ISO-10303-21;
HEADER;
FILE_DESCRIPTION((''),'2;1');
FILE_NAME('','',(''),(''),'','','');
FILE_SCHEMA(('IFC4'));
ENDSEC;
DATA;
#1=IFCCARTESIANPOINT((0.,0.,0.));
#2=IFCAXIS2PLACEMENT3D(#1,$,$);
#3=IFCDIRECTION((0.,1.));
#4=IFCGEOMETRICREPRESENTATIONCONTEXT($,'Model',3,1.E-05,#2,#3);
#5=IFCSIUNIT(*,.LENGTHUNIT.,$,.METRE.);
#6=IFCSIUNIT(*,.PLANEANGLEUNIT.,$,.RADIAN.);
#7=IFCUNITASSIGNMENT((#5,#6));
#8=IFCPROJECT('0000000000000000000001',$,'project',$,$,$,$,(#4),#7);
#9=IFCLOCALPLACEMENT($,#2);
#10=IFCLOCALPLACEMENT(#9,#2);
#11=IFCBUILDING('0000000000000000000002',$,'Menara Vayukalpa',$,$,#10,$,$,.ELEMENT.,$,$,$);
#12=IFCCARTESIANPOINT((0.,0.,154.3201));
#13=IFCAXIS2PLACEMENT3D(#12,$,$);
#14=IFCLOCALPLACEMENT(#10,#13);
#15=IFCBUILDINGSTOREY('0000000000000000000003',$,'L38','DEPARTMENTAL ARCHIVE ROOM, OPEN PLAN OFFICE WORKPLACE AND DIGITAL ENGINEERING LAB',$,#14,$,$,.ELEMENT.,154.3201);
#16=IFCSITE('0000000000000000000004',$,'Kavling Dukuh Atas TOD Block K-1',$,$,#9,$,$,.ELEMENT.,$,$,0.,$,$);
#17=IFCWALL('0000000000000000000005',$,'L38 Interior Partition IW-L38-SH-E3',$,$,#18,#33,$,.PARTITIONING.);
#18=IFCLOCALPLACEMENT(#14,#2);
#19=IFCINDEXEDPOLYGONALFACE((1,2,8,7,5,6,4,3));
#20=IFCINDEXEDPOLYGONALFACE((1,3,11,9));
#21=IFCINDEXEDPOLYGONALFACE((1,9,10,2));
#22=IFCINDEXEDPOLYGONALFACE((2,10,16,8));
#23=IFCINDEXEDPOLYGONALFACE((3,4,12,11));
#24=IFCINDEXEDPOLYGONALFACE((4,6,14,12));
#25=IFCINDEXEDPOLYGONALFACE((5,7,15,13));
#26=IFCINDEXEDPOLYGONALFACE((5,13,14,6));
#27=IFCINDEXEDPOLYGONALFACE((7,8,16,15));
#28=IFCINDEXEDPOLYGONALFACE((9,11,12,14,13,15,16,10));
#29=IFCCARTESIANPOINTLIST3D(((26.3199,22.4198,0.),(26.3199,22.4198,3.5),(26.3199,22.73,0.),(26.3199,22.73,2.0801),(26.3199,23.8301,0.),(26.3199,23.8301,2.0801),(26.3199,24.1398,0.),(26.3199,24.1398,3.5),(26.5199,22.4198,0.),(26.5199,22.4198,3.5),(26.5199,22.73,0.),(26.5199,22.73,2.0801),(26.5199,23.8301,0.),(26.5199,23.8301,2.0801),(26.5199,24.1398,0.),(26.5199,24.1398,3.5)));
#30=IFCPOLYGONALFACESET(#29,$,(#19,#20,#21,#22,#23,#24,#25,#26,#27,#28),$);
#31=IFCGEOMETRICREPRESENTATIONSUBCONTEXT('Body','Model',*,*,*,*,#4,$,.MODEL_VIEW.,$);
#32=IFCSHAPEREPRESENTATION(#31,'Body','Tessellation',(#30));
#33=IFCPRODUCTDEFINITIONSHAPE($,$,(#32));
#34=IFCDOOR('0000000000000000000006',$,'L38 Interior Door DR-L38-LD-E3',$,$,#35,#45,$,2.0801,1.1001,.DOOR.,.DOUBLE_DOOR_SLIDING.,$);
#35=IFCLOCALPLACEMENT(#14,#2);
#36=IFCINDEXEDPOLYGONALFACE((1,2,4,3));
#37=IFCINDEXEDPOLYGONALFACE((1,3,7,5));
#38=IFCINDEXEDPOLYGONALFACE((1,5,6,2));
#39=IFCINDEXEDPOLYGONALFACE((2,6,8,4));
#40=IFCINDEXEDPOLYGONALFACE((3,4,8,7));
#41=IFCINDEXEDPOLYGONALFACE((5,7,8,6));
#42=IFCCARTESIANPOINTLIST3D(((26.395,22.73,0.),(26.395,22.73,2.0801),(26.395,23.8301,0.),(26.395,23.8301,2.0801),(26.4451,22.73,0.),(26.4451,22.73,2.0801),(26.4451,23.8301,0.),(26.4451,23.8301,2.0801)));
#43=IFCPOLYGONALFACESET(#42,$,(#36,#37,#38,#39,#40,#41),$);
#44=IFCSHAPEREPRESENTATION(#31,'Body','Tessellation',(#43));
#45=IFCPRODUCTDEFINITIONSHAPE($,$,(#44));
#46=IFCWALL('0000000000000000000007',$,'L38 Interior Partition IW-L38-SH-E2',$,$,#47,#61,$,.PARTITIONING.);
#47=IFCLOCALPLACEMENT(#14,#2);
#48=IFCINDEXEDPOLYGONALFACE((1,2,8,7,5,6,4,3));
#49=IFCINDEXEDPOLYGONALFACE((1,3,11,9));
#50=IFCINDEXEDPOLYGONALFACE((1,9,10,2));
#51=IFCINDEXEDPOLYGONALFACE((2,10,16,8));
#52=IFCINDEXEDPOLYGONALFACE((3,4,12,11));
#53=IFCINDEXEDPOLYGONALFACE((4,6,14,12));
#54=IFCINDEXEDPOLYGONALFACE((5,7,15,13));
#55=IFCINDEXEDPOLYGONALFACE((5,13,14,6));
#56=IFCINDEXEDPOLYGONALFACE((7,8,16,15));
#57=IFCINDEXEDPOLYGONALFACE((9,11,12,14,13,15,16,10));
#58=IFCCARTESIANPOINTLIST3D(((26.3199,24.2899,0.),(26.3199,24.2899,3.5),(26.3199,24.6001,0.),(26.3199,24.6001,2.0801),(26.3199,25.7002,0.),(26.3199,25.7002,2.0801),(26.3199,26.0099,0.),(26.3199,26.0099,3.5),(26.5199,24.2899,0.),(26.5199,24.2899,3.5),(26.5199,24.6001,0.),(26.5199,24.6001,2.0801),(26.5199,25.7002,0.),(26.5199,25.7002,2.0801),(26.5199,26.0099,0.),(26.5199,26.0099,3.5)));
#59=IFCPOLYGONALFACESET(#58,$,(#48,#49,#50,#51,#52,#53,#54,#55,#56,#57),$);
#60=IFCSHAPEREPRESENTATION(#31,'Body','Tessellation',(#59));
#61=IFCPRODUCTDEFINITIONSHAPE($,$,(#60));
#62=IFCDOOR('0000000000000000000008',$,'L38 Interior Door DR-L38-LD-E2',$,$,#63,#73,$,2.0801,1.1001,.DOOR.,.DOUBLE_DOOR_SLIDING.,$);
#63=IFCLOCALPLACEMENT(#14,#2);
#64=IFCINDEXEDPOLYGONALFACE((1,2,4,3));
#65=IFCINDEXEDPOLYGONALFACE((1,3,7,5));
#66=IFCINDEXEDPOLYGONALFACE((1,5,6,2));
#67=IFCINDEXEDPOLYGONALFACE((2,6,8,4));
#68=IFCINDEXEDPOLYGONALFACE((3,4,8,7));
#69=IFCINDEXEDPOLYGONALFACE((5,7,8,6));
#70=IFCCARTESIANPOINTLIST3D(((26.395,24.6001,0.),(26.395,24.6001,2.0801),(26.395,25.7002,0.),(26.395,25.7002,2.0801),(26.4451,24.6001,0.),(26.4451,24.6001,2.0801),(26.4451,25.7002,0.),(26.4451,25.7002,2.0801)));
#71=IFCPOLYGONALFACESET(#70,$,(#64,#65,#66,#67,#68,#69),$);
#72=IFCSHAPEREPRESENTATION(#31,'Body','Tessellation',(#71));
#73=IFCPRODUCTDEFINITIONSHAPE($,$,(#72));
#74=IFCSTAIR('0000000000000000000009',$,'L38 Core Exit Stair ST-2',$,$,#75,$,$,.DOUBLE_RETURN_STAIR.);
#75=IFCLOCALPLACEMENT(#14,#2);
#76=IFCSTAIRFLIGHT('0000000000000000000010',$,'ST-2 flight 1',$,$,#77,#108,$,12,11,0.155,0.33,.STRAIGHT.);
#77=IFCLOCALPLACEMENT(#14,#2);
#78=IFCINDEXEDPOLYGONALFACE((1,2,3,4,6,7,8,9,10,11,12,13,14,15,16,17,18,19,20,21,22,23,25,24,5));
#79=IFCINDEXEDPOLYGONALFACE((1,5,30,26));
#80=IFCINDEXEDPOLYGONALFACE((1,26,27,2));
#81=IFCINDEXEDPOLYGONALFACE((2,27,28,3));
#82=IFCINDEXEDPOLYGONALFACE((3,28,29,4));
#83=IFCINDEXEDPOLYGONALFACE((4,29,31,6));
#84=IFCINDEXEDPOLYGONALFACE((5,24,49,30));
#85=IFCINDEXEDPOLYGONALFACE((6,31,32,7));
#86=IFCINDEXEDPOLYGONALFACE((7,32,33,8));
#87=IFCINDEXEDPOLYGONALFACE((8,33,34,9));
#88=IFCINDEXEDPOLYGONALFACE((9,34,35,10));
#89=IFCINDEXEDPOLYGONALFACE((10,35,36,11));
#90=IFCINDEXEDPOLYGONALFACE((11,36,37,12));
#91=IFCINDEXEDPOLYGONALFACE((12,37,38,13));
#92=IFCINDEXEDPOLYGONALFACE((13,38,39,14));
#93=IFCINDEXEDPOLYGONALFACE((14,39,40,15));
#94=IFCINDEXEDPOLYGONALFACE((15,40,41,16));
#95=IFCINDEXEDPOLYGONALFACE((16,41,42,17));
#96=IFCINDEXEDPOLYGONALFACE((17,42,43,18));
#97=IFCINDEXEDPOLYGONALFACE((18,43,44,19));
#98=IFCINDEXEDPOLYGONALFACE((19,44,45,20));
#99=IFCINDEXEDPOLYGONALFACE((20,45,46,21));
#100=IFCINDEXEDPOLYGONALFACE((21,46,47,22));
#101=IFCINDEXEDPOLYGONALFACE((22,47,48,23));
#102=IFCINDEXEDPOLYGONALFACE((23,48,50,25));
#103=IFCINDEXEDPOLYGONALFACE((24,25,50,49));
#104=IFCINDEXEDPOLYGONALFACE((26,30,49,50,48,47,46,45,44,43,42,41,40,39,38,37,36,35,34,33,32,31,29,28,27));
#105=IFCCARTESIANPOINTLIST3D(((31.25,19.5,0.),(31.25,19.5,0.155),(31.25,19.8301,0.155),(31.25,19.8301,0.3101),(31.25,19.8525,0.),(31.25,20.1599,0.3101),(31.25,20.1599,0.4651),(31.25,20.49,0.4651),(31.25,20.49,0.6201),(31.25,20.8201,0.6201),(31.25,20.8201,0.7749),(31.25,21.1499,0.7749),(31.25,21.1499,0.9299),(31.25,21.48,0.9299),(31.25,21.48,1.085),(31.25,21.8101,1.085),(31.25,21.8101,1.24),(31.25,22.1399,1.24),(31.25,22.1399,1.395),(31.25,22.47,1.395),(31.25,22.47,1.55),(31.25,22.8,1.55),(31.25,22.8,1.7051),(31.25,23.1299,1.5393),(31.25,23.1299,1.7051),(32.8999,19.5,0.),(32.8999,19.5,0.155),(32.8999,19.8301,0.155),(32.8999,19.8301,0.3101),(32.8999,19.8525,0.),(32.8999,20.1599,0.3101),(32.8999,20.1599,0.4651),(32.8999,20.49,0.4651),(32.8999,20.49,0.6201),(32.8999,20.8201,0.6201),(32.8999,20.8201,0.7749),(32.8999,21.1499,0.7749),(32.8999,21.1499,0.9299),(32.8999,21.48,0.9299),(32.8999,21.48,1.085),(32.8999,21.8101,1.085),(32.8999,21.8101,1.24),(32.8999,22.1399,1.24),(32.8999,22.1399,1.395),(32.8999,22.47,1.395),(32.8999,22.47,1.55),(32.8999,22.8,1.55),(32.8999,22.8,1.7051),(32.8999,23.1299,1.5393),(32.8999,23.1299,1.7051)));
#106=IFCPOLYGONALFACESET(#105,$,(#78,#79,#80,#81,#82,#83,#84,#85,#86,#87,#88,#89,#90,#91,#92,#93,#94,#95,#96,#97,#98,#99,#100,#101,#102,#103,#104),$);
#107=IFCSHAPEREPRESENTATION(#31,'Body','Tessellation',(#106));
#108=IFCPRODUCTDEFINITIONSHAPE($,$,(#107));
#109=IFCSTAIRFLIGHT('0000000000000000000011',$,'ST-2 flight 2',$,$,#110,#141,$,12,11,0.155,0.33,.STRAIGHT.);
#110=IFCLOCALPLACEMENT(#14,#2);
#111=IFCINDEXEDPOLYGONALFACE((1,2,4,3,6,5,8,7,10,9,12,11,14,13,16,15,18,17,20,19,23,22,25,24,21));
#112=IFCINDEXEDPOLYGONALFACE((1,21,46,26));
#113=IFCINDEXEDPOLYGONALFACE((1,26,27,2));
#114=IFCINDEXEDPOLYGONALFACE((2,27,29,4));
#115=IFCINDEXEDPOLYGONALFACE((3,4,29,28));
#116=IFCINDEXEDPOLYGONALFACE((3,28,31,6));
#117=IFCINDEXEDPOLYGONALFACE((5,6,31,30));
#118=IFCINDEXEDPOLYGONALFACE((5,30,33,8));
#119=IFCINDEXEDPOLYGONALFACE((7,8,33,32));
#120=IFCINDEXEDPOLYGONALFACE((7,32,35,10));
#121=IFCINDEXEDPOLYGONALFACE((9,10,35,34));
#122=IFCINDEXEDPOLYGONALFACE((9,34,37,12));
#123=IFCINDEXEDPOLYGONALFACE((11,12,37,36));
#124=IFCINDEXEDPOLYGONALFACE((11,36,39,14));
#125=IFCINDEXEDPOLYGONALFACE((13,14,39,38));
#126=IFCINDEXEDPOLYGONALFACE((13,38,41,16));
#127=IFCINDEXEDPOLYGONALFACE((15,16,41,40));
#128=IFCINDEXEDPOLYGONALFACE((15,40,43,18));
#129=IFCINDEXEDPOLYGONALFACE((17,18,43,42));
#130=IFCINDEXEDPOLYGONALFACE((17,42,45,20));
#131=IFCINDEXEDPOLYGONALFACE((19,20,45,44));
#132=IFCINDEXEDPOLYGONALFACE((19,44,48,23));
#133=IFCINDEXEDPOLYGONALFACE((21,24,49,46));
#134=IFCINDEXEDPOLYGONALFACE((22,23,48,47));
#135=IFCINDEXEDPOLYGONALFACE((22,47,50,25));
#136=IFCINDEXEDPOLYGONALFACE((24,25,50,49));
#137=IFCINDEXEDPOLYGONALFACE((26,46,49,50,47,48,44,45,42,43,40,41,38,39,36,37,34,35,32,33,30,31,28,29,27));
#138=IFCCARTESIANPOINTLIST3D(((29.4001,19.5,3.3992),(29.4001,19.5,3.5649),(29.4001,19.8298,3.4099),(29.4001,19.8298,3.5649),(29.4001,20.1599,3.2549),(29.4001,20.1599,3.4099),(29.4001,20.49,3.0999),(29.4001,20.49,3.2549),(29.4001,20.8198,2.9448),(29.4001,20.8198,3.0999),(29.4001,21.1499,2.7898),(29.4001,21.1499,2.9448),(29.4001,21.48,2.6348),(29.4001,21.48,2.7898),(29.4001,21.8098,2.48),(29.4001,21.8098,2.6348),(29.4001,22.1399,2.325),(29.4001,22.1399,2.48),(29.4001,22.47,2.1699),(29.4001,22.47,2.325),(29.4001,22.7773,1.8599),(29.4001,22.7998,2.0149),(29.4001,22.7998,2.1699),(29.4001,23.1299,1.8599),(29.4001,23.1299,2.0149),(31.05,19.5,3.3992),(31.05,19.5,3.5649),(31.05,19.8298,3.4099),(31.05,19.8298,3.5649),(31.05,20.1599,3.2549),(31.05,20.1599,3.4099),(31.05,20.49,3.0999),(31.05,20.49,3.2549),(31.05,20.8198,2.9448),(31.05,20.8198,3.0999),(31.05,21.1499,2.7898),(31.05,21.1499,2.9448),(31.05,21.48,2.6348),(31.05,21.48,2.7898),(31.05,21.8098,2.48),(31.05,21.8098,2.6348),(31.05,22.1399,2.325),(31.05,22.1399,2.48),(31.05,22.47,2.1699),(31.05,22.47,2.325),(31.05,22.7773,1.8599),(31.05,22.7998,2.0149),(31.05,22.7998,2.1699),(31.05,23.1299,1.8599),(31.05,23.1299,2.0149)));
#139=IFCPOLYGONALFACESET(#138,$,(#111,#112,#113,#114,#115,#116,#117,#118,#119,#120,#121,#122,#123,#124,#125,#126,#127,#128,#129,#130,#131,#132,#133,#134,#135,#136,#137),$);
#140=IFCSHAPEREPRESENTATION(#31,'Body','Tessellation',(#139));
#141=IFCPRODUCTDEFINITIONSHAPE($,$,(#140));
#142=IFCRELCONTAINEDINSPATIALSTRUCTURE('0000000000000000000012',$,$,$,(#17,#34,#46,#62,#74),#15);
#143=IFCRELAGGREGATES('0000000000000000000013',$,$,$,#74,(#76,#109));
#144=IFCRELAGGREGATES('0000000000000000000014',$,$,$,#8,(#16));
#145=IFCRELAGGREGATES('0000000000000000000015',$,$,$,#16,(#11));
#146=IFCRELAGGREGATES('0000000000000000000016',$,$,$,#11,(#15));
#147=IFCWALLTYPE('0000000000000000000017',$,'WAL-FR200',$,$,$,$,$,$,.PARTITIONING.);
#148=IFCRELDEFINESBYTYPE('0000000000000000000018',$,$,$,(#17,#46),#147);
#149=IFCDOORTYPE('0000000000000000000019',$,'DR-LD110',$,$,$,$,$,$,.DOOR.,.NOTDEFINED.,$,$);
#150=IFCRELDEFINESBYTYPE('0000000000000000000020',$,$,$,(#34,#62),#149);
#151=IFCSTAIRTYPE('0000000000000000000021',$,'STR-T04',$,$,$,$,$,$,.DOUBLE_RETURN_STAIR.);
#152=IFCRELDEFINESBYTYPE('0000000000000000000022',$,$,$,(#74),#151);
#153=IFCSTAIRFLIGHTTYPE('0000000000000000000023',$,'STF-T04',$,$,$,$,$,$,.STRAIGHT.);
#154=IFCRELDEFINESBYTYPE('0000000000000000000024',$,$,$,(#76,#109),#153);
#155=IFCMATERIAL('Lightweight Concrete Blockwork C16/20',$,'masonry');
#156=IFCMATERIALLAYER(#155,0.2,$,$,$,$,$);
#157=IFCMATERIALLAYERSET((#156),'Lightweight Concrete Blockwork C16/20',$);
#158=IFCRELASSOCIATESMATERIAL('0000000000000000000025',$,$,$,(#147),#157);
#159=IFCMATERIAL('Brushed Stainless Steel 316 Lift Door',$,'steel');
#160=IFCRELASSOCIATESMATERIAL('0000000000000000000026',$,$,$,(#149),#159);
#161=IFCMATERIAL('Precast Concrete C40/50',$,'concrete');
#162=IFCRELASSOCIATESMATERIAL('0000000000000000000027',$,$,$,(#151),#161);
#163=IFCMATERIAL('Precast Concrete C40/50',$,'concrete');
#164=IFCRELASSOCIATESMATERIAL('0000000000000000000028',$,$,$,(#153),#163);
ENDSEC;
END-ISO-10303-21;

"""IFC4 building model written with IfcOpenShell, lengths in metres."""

from ifc_helpers import new_model, si_unit, direction, frame, frame_2d, origin, place, context, subcontext, project, spatial, polyline, rectangle, outline, extrude, material, layer, layer_set, type_object, element, fill, aggregate, save


model = new_model("IFC4")

# Units and contexts
model_context = context("Model", 3, precision=1e-05, world=origin(), true_north=direction((0.0, 1.0)))
body_context = subcontext(model_context, "Body", "Model", "MODEL_VIEW")
ifc_project = project(units=[si_unit("LENGTHUNIT", "METRE"), si_unit("PLANEANGLEUNIT", "RADIAN")], contexts=[model_context])

# Site, building, storey
site_placement = place(None, origin())
site = spatial("IfcSite", under=ifc_project, at=site_placement, Name="Kavling Dukuh Atas TOD Block K-1", CompositionType="ELEMENT", RefElevation=0.0)
building_placement = place(site_placement, origin())
building = spatial("IfcBuilding", under=site, at=building_placement, Name="Menara Vayukalpa", CompositionType="ELEMENT")
storey_placement = place(building_placement, frame((0.0, 0.0, 154.3201)))
storey = spatial("IfcBuildingStorey", under=building, at=storey_placement, Name="L38", Description="DEPARTMENTAL ARCHIVE ROOM, OPEN PLAN OFFICE WORKPLACE AND DIGITAL ENGINEERING LAB", CompositionType="ELEMENT", Elevation=154.3201)

# Walls, openings, doors
ifc_material_1 = material(Name="Lightweight Concrete Blockwork C16/20", Category="masonry")
ifc_layer_1 = layer(ifc_material_1, 0.2)
ifc_layer_set_1 = layer_set([ifc_layer_1], Name="Lightweight Concrete Blockwork C16/20")
wall_type_1 = type_object("IfcWallType", Name="WAL-FR200", PredefinedType="PARTITIONING", material=ifc_layer_set_1)
ifc_material_2 = material(Name="Brushed Stainless Steel 316 Lift Door", Category="steel")
door_type_1 = type_object("IfcDoorType", Name="DR-LD110", OperationType="NOTDEFINED", PredefinedType="DOOR", material=ifc_material_2)
wall_1_placement = place(storey_placement, frame((26.4199, 22.4199, 0.0), z_axis=(0.0, 0.0, 1.0), x_axis=(0.0, 1.0, 0.0)))
wall_1 = element("IfcWall", 1, at=wall_1_placement, inside=storey, type_object=wall_type_1, Name="L38 Interior Partition IW-L38-SH-E3", PredefinedType="PARTITIONING", context=body_context, shape_type="SweptSolid", body=[
    extrude(rectangle(XDim=1.72, YDim=0.2, at=frame_2d((0.8599, 0.0))), origin(), (0.0, 0.0, 1.0), 3.5),
])
opening_1_placement = place(wall_1_placement, frame((0.3101, 0.0, 0.0)))
opening_1 = element("IfcOpeningElement", 2, at=opening_1_placement, cuts=wall_1, PredefinedType="OPENING", context=body_context, shape_type="SweptSolid", body=[
    extrude(rectangle(XDim=1.1001, YDim=2.0801, at=frame_2d((0.55, 1.04))), frame((0.0, 0.1099, 0.0), z_axis=(0.0, -1.0, 0.0), x_axis=(1.0, 0.0, 0.0)), (0.0, 0.0, 1.0), 0.22),
])
door_1_placement = place(opening_1_placement, origin())
door_1 = element("IfcDoor", 3, at=door_1_placement, inside=storey, type_object=door_type_1, Name="L38 Interior Door DR-L38-LD-E3", OperationType="DOUBLE_DOOR_SLIDING", OverallHeight=2.0801, OverallWidth=1.1001, PredefinedType="DOOR", context=body_context, shape_type="SweptSolid", body=[
    extrude(rectangle(XDim=1.1001, YDim=2.0801, at=frame_2d((0.55, 1.04))), frame((0.0, 0.0249, 0.0), z_axis=(0.0, -1.0, 0.0), x_axis=(1.0, 0.0, 0.0)), (0.0, 0.0, 1.0), 0.05),
])
fill(opening_1, door_1)
wall_2_placement = place(storey_placement, frame((26.4199, 24.29, 0.0), z_axis=(0.0, 0.0, 1.0), x_axis=(0.0, 1.0, 0.0)))
wall_2 = element("IfcWall", 4, at=wall_2_placement, inside=storey, type_object=wall_type_1, Name="L38 Interior Partition IW-L38-SH-E2", PredefinedType="PARTITIONING", context=body_context, shape_type="SweptSolid", body=[
    extrude(rectangle(XDim=1.72, YDim=0.2, at=frame_2d((0.8599, 0.0))), origin(), (0.0, 0.0, 1.0), 3.5),
])
opening_2_placement = place(wall_2_placement, frame((0.3101, 0.0, 0.0)))
opening_2 = element("IfcOpeningElement", 5, at=opening_2_placement, cuts=wall_2, PredefinedType="OPENING", context=body_context, shape_type="SweptSolid", body=[
    extrude(rectangle(XDim=1.1001, YDim=2.0801, at=frame_2d((0.55, 1.04))), frame((0.0, 0.1099, 0.0), z_axis=(0.0, -1.0, 0.0), x_axis=(1.0, 0.0, 0.0)), (0.0, 0.0, 1.0), 0.22),
])
door_2_placement = place(opening_2_placement, origin())
door_2 = element("IfcDoor", 6, at=door_2_placement, inside=storey, type_object=door_type_1, Name="L38 Interior Door DR-L38-LD-E2", OperationType="DOUBLE_DOOR_SLIDING", OverallHeight=2.0801, OverallWidth=1.1001, PredefinedType="DOOR", context=body_context, shape_type="SweptSolid", body=[
    extrude(rectangle(XDim=1.1001, YDim=2.0801, at=frame_2d((0.55, 1.04))), frame((0.0, 0.0249, 0.0), z_axis=(0.0, -1.0, 0.0), x_axis=(1.0, 0.0, 0.0)), (0.0, 0.0, 1.0), 0.05),
])
fill(opening_2, door_2)

# Stair, stair flights
ifc_material_3 = material(Name="Precast Concrete C40/50", Category="concrete")
stair_type = type_object("IfcStairType", Name="STR-T04", PredefinedType="DOUBLE_RETURN_STAIR", material=ifc_material_3)
stair_placement = place(storey_placement, origin())
stair = element("IfcStair", 7, at=stair_placement, inside=storey, type_object=stair_type, Name="L38 Core Exit Stair ST-2", PredefinedType="DOUBLE_RETURN_STAIR")
ifc_material_4 = material(Name="Precast Concrete C40/50", Category="concrete")
stair_flight_type = type_object("IfcStairFlightType", Name="STF-T04", PredefinedType="STRAIGHT", material=ifc_material_4)
stair_flight_1_placement = place(storey_placement, frame((32.075, 19.5, 0.0), z_axis=(0.0, 0.0, 1.0), x_axis=(0.0, 1.0, 0.0)))
stair_flight_1 = element("IfcStairFlight", 8, at=stair_flight_1_placement, type_object=stair_flight_type, Name="ST-2 flight 1", NumberOfRisers=12, NumberOfTreads=11, PredefinedType="STRAIGHT", RiserHeight=0.155, TreadLength=0.33, context=body_context, shape_type="SweptSolid", body=[
    extrude(outline(polyline([(0.0, 0.0), (0.0, 0.155), (0.3301, 0.155), (0.3301, 0.3101), (0.6599, 0.3101), (0.6599, 0.4651), (0.99, 0.4651), (0.99, 0.6201), (1.3201, 0.6201), (1.3201, 0.7749), (1.6499, 0.7749), (1.6499, 0.9299), (1.98, 0.9299), (1.98, 1.085), (2.3101, 1.085), (2.3101, 1.24), (2.6399, 1.24), (2.6399, 1.395), (2.97, 1.395), (2.97, 1.55), (3.3, 1.55), (3.3, 1.7051), (3.6299, 1.7051), (3.6299, 1.8601), (3.6299, 1.5393), (0.3525, 0.0), (0.0, 0.0)])), frame((0.0, 0.825, 0.0), z_axis=(0.0, -1.0, 0.0), x_axis=(1.0, 0.0, 0.0)), (0.0, 0.0, 1.0), 1.6499),
])
stair_flight_2_placement = place(storey_placement, frame((30.2251, 23.1299, 1.8599), z_axis=(0.0, 0.0, 1.0), x_axis=(0.0, -1.0, 0.0)))
stair_flight_2 = element("IfcStairFlight", 9, at=stair_flight_2_placement, type_object=stair_flight_type, Name="ST-2 flight 2", NumberOfRisers=12, NumberOfTreads=11, PredefinedType="STRAIGHT", RiserHeight=0.155, TreadLength=0.33, context=body_context, shape_type="SweptSolid", body=[
    extrude(outline(polyline([(0.0, 0.0), (0.0, 0.155), (0.3301, 0.155), (0.3301, 0.3101), (0.6599, 0.3101), (0.6599, 0.4651), (0.99, 0.4651), (0.99, 0.6201), (1.3201, 0.6201), (1.3201, 0.7749), (1.6499, 0.7749), (1.6499, 0.9299), (1.98, 0.9299), (1.98, 1.085), (2.3101, 1.085), (2.3101, 1.24), (2.6399, 1.24), (2.6399, 1.395), (2.97, 1.395), (2.97, 1.55), (3.3, 1.55), (3.3, 1.7051), (3.6299, 1.7051), (3.6299, 1.8601), (3.6299, 1.5393), (0.3525, 0.0), (0.0, 0.0)])), frame((0.0, 0.825, 0.0), z_axis=(0.0, -1.0, 0.0), x_axis=(1.0, 0.0, 0.0)), (0.0, 0.0, 1.0), 1.6499),
])
aggregate(stair, [stair_flight_1, stair_flight_2])

save(model, "model.ifc")
